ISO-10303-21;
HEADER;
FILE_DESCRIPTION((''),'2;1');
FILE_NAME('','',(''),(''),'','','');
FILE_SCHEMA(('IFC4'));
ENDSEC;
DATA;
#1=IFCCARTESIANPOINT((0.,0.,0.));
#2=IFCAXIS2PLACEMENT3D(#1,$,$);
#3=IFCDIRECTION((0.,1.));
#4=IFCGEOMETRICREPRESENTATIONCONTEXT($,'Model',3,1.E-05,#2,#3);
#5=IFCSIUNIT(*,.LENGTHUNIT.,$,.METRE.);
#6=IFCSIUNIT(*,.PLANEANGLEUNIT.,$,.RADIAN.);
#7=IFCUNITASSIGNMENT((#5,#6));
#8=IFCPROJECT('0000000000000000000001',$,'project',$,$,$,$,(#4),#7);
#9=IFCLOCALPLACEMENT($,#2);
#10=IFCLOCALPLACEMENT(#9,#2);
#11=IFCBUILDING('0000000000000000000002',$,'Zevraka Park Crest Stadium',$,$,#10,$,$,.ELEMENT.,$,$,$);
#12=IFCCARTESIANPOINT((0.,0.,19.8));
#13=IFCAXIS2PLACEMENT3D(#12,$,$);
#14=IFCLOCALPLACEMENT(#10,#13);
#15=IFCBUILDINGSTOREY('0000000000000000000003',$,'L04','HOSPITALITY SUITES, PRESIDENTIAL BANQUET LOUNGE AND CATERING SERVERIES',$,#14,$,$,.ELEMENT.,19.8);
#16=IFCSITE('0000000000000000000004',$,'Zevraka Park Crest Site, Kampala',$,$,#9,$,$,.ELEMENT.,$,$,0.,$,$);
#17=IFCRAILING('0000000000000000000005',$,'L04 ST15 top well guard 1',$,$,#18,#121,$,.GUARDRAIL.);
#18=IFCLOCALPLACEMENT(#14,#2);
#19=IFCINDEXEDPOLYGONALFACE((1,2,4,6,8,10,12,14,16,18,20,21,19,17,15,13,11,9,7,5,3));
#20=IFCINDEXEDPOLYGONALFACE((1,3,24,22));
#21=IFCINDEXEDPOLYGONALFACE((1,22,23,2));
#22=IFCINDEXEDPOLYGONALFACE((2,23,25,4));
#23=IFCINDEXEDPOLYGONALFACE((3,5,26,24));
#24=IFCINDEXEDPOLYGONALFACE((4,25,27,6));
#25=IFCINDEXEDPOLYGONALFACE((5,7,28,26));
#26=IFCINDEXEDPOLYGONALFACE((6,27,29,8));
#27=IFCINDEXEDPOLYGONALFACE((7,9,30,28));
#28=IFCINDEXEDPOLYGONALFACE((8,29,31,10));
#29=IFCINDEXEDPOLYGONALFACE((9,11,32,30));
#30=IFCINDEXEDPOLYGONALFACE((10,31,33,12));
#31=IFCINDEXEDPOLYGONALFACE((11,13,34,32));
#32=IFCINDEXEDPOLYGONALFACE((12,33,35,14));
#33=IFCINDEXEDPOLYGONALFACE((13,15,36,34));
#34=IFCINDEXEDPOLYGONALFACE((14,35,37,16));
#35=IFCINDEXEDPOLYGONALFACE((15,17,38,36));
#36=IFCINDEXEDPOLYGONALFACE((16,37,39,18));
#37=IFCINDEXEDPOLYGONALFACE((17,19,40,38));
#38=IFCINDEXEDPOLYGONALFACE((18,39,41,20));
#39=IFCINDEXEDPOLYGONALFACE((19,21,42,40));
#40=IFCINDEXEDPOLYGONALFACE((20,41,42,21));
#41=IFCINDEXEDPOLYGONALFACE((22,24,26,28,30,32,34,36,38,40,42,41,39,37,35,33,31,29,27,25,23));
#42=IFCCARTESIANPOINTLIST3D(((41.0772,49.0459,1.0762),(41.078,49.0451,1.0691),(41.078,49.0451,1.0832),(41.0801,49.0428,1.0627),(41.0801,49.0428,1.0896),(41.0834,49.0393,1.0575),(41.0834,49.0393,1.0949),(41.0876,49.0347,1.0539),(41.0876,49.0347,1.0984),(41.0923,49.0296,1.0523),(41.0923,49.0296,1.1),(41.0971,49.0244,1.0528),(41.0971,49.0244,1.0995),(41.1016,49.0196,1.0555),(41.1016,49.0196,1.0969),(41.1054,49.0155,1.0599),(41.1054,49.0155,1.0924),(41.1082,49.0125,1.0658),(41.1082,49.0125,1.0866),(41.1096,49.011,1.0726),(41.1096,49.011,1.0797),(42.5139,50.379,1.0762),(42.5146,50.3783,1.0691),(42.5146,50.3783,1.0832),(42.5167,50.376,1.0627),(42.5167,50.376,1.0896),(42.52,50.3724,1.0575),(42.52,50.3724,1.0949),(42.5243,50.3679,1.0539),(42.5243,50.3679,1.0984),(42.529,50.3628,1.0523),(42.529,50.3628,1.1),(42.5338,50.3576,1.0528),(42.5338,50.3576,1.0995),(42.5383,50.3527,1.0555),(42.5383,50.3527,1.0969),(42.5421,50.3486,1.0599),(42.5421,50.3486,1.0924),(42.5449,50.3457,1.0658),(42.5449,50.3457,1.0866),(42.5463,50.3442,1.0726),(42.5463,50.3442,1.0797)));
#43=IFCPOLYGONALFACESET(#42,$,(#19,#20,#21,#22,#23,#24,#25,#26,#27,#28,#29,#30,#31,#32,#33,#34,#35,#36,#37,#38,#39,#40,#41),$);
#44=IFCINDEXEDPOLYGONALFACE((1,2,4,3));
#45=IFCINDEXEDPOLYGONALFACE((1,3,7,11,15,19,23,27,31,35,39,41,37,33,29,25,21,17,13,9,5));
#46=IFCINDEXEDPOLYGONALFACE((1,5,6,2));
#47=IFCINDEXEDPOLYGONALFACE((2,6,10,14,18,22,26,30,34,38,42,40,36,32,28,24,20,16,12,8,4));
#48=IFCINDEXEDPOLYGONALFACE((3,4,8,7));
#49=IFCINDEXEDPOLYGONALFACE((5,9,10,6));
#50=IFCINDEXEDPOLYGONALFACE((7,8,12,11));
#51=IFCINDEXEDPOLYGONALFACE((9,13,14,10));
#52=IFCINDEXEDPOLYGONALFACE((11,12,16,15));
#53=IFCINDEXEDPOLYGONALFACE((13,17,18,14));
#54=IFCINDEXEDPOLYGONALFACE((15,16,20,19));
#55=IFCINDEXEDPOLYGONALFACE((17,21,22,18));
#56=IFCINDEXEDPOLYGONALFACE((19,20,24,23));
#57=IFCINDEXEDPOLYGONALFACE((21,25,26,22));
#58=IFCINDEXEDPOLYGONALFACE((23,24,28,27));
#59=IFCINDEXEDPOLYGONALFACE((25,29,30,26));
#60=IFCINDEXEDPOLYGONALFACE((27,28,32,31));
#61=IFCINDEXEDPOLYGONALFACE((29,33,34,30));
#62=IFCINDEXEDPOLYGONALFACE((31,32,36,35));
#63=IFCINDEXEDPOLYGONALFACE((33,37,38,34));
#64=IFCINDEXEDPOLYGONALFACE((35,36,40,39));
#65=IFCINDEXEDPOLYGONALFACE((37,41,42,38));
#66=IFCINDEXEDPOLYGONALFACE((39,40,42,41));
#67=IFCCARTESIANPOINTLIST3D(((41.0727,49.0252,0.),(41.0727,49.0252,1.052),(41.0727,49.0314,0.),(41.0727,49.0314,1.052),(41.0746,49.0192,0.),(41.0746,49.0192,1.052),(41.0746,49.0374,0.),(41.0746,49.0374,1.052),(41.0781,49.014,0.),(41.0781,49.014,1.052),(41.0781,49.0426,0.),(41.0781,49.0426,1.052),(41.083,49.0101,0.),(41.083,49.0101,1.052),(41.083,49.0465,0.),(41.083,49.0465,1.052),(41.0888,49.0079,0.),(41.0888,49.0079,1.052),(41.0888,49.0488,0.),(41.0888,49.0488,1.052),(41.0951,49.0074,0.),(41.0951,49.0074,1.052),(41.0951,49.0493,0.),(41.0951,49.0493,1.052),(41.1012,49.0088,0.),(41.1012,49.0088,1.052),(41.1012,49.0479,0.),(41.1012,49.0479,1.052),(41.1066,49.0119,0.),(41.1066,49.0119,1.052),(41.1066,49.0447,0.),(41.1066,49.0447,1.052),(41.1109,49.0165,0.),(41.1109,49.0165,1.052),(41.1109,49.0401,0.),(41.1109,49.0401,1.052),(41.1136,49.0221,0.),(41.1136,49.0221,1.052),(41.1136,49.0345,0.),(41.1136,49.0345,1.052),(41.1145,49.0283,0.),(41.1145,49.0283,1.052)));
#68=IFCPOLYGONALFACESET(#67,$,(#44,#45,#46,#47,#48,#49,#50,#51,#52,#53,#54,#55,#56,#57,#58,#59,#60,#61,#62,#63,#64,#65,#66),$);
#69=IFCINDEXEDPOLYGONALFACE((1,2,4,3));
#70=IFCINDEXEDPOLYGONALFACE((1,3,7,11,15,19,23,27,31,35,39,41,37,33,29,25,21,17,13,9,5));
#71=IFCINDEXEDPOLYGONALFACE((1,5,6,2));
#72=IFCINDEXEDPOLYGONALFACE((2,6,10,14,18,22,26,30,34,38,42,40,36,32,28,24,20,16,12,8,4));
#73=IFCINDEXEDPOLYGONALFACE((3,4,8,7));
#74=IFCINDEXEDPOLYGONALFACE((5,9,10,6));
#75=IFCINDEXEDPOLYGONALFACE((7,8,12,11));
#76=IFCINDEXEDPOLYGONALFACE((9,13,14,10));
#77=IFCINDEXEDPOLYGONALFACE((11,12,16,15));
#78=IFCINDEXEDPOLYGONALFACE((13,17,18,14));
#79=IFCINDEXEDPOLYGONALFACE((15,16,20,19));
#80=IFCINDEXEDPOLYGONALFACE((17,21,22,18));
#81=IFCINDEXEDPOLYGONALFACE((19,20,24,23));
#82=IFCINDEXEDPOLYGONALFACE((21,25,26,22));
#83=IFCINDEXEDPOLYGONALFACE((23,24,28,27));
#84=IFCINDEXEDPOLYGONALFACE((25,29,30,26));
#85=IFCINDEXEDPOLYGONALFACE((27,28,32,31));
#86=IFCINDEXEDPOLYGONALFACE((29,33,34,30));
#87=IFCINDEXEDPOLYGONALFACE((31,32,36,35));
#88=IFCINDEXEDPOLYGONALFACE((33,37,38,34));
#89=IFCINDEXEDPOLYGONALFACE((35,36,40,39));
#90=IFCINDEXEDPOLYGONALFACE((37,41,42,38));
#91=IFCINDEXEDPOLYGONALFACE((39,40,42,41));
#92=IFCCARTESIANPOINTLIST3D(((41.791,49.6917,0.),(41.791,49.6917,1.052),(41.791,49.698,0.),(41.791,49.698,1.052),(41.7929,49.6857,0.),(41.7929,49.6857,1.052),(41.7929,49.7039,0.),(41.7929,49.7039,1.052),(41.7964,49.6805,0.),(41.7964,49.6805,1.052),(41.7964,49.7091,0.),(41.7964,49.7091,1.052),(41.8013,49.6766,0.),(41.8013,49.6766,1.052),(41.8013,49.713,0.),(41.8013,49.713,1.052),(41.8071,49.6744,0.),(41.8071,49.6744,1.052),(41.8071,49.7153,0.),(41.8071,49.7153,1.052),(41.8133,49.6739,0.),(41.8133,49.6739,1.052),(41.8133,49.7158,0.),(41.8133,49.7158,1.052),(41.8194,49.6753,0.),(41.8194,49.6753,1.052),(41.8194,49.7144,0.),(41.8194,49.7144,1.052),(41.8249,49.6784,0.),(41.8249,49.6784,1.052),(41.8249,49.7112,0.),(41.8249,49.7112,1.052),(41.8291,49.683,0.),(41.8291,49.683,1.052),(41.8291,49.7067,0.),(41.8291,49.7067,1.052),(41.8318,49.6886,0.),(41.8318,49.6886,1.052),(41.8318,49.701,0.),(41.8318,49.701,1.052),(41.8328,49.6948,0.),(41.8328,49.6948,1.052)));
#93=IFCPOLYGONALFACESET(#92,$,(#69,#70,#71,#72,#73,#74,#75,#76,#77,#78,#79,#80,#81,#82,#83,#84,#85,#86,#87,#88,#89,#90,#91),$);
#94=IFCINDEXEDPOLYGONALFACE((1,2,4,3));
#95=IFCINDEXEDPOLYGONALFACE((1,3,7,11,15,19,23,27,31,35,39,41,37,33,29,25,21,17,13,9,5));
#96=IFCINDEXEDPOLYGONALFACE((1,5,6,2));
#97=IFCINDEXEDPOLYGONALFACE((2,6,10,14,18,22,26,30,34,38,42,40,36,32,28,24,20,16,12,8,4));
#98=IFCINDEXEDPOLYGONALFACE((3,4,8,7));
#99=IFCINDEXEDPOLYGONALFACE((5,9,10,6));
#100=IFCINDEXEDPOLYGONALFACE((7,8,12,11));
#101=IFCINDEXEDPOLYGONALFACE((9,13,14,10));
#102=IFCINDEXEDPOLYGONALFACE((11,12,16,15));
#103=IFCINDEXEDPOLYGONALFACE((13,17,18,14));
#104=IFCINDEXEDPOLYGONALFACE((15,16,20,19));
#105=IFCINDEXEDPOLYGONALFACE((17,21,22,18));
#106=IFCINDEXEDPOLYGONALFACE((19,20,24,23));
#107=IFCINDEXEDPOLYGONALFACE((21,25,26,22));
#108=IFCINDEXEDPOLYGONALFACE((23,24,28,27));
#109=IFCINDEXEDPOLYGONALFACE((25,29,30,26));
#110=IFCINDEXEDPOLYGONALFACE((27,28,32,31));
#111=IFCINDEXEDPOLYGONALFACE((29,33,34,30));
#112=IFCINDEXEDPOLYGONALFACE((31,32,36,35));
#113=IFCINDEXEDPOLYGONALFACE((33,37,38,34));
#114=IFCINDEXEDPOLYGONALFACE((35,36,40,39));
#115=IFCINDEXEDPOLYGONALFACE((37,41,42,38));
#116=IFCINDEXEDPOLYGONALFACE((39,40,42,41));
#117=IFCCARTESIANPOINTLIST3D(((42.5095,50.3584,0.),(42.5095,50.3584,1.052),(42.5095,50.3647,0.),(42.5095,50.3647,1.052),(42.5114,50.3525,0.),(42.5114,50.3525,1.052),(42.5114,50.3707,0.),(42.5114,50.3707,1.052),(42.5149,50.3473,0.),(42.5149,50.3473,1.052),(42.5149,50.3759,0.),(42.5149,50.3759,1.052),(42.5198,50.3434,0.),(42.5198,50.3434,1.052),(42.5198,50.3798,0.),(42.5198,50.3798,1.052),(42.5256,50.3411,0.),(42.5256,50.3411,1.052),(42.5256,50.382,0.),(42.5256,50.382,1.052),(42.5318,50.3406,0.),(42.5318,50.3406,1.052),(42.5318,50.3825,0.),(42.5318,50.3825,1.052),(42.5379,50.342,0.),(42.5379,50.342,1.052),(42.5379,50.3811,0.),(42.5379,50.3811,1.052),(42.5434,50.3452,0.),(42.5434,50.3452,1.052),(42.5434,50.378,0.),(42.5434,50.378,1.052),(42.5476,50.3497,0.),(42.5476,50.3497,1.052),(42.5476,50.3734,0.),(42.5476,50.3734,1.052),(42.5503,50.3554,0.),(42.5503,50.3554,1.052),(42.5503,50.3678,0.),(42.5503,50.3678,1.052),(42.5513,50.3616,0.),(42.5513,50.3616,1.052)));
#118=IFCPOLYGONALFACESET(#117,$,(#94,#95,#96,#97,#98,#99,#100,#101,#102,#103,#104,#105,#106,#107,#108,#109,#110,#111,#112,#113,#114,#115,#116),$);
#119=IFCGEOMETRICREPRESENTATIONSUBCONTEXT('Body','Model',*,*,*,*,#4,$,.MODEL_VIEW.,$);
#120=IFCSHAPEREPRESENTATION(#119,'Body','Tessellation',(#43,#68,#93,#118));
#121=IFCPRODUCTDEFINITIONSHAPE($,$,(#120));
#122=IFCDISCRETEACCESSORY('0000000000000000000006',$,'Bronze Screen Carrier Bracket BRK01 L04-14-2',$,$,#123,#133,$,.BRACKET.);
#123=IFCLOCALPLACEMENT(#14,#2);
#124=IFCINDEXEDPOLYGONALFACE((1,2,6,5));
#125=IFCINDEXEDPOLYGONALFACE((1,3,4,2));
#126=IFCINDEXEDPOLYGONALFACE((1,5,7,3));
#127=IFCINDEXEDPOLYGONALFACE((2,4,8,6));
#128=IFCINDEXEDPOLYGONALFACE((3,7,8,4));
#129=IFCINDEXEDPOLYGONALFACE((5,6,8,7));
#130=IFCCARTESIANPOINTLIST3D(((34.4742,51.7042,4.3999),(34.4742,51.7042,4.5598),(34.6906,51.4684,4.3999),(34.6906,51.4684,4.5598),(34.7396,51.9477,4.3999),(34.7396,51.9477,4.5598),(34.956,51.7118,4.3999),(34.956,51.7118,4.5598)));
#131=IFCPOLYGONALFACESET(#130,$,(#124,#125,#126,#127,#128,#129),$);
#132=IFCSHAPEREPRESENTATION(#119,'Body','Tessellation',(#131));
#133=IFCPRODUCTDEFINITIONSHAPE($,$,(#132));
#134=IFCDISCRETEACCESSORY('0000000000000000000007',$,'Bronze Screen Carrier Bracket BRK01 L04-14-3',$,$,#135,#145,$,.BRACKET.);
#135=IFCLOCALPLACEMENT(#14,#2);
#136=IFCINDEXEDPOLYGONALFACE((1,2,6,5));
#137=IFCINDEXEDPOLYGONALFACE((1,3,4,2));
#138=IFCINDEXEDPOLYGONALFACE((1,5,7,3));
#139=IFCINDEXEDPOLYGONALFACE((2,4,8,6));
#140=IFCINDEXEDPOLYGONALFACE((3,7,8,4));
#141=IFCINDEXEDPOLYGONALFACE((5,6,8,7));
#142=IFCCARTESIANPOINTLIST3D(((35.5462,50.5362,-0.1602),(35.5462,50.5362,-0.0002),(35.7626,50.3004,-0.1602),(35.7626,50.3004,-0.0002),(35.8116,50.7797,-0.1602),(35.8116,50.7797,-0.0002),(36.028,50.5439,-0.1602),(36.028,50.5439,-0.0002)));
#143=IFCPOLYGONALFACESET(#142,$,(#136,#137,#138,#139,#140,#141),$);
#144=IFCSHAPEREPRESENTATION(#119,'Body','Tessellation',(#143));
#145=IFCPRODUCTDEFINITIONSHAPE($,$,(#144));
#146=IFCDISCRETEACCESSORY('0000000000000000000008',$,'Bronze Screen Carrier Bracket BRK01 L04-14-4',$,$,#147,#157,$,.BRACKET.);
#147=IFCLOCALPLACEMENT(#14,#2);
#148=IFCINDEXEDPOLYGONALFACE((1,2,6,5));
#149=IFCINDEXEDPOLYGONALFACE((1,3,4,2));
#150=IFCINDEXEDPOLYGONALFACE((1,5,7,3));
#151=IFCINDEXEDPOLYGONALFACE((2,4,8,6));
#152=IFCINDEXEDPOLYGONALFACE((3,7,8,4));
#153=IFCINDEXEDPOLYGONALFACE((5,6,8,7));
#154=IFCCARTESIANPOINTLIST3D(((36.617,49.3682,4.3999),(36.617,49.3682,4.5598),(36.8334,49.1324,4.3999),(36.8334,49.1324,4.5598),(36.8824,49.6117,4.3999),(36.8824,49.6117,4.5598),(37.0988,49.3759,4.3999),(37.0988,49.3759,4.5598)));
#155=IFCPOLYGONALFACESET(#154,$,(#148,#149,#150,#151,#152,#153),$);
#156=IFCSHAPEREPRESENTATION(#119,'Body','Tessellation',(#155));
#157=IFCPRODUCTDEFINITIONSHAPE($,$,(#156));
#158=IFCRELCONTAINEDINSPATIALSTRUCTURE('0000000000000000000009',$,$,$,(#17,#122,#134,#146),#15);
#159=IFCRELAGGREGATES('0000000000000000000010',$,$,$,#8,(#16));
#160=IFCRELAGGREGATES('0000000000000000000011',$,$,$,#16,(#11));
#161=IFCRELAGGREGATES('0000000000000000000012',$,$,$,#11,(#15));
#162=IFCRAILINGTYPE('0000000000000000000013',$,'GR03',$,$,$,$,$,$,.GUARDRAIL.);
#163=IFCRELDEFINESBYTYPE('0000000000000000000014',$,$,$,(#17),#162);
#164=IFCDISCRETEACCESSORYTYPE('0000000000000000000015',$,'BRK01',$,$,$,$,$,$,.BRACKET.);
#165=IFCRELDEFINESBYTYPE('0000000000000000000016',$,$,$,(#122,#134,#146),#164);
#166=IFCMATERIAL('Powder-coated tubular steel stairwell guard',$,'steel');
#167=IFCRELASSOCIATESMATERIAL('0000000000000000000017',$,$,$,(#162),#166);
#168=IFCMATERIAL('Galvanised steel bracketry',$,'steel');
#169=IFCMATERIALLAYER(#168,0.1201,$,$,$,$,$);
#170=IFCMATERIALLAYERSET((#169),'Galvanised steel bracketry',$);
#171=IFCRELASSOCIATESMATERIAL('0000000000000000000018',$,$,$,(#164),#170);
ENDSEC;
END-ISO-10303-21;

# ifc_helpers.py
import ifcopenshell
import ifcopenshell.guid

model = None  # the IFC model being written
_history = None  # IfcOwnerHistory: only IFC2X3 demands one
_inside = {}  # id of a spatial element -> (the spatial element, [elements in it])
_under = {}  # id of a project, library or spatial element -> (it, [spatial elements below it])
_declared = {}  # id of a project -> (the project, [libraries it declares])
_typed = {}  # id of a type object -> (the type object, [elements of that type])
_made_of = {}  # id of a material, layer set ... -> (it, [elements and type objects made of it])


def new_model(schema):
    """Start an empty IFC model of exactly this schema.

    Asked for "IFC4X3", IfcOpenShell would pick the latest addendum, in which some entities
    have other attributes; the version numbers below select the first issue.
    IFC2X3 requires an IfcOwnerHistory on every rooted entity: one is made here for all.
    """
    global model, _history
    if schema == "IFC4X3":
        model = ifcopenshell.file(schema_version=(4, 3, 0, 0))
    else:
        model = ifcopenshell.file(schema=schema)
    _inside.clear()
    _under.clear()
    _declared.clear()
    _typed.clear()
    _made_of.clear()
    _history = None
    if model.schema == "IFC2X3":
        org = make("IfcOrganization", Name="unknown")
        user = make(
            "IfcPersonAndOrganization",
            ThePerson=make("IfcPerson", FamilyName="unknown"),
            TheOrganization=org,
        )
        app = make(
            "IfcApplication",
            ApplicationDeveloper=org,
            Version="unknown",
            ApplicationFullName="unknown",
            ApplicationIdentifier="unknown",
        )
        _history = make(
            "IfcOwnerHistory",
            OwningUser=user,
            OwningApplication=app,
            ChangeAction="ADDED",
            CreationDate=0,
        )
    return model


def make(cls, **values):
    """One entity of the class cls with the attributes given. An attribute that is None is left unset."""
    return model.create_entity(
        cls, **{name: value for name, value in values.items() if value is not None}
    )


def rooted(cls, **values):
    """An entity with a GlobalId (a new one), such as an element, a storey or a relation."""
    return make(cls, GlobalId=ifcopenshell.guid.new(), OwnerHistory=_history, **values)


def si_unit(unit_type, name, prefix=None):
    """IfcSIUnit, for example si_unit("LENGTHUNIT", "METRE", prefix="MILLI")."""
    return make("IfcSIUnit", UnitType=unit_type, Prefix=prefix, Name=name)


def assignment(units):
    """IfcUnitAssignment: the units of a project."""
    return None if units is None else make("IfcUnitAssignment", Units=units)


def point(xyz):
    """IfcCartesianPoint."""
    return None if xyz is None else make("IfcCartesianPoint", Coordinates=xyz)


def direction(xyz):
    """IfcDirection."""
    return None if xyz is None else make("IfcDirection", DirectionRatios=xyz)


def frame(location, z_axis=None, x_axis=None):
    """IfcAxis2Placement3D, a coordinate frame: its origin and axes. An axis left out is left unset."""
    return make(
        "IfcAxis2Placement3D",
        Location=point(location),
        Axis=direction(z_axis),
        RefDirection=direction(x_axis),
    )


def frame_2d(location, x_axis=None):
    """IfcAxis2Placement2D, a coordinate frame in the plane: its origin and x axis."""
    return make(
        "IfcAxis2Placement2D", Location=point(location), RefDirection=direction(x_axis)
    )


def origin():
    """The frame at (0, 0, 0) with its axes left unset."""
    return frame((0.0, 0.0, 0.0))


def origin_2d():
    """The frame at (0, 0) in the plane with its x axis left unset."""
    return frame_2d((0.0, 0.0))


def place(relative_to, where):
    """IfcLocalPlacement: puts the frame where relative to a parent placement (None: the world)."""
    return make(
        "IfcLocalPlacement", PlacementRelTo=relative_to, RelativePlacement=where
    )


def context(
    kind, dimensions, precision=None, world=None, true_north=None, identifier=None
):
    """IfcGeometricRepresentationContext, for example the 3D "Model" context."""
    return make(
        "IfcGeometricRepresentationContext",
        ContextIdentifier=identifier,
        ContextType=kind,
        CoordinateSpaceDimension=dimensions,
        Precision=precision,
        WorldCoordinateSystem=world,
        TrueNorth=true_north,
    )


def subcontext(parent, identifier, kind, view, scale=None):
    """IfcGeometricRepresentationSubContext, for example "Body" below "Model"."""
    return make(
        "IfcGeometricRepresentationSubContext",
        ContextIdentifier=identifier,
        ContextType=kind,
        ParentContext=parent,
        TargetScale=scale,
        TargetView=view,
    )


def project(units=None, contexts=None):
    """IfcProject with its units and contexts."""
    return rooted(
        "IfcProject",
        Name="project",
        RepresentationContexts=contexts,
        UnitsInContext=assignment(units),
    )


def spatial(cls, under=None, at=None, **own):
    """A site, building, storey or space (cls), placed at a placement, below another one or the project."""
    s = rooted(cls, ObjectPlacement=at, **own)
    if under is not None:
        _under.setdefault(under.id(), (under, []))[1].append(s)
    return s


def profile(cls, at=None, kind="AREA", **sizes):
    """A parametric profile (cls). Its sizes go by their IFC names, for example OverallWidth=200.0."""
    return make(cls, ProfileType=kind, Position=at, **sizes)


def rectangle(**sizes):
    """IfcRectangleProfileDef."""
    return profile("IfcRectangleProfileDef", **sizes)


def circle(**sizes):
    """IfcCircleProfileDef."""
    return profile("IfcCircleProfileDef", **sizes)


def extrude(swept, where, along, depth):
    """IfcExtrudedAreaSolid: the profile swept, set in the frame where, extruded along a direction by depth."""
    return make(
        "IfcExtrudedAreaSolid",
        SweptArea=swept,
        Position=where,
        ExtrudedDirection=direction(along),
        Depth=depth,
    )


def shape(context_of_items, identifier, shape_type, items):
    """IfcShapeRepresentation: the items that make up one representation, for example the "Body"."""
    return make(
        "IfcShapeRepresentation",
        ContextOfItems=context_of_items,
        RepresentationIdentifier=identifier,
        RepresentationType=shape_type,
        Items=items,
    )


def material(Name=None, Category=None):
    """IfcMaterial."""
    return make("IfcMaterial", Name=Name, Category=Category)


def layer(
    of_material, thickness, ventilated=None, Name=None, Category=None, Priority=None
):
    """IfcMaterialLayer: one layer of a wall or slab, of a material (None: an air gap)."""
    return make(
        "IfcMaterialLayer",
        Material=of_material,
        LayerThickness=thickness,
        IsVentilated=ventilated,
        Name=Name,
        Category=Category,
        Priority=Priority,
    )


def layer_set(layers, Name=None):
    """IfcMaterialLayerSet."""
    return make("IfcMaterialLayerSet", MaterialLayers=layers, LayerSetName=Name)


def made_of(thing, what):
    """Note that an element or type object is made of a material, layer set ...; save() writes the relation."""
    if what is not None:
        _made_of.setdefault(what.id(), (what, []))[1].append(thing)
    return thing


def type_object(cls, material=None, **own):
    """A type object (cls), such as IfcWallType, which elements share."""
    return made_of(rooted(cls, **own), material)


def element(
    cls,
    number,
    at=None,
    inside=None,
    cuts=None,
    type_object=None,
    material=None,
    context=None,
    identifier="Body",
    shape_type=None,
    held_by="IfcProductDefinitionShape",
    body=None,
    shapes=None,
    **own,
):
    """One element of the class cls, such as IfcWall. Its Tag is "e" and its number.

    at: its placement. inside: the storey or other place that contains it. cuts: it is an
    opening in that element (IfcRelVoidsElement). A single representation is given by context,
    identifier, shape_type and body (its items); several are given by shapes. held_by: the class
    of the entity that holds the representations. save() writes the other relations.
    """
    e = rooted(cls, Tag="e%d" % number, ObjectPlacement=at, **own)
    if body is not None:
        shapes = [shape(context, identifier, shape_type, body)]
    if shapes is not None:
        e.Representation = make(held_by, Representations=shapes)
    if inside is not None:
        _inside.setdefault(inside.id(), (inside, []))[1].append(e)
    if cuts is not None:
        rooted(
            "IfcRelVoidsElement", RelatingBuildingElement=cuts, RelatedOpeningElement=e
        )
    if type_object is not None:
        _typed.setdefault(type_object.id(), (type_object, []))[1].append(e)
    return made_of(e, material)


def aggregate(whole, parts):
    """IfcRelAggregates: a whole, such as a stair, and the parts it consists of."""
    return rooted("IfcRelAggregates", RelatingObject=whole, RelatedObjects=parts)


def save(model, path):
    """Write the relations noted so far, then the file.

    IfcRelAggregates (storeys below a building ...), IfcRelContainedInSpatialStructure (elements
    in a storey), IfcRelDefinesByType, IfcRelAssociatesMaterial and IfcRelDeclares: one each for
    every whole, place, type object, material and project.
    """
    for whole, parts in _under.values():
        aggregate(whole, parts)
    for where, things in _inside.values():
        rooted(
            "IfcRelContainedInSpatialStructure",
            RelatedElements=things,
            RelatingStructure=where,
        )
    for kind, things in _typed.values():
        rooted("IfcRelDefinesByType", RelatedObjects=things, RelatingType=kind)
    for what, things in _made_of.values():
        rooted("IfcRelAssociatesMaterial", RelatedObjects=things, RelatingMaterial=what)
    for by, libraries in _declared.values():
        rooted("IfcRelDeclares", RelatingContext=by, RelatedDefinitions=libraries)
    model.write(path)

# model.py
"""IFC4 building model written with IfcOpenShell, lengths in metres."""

from ifc_helpers import new_model, si_unit, direction, frame, origin, origin_2d, place, context, subcontext, project, spatial, rectangle, circle, extrude, material, layer, layer_set, type_object, element, save


model = new_model("IFC4")

# Units and contexts
model_context = context("Model", 3, precision=1e-05, world=origin(), true_north=direction((0.0, 1.0)))
body_context = subcontext(model_context, "Body", "Model", "MODEL_VIEW")
ifc_project = project(units=[si_unit("LENGTHUNIT", "METRE"), si_unit("PLANEANGLEUNIT", "RADIAN")], contexts=[model_context])

# Site, building, storey
site_placement = place(None, origin())
site = spatial("IfcSite", under=ifc_project, at=site_placement, Name="Zevraka Park Crest Site, Kampala", CompositionType="ELEMENT", RefElevation=0.0)
building_placement = place(site_placement, origin())
building = spatial("IfcBuilding", under=site, at=building_placement, Name="Zevraka Park Crest Stadium", CompositionType="ELEMENT")
storey_placement = place(building_placement, frame((0.0, 0.0, 19.8)))
storey = spatial("IfcBuildingStorey", under=building, at=storey_placement, Name="L04", Description="HOSPITALITY SUITES, PRESIDENTIAL BANQUET LOUNGE AND CATERING SERVERIES", CompositionType="ELEMENT", Elevation=19.8)

# Railing
ifc_material_1 = material(Name="Powder-coated tubular steel stairwell guard", Category="steel")
railing_type = type_object("IfcRailingType", Name="GR03", PredefinedType="GUARDRAIL", material=ifc_material_1)
railing_placement = place(storey_placement, frame((41.0935, 49.0283, 0.0)))
element("IfcRailing", 1, at=railing_placement, inside=storey, type_object=railing_type, Name="L04 ST15 top well guard 1", PredefinedType="GUARDRAIL", context=body_context, shape_type="SweptSolid", body=[
    extrude(circle(Radius=0.0239, at=origin_2d()), frame((0.0, 0.0, 1.0762), z_axis=(0.73302, 0.680207, 0.0), x_axis=(-0.680207, 0.73302, 0.0)), (0.0, 0.0, 1.0), 1.96),
    extrude(circle(Radius=0.021, at=origin_2d()), origin(), (0.0, 0.0, 1.0), 1.052),
    extrude(circle(Radius=0.021, at=origin_2d()), frame((0.7183, 0.6665, 0.0)), (0.0, 0.0, 1.0), 1.052),
    extrude(circle(Radius=0.021, at=origin_2d()), frame((1.4368, 1.3333, 0.0)), (0.0, 0.0, 1.0), 1.052),
])

# Discrete accessories
ifc_material_2 = material(Name="Galvanised steel bracketry", Category="steel")
ifc_layer_1 = layer(ifc_material_2, 0.1201)
ifc_layer_set_1 = layer_set([ifc_layer_1], Name="Galvanised steel bracketry")
discrete_accessory_type = type_object("IfcDiscreteAccessoryType", Name="BRK01", PredefinedType="BRACKET", material=ifc_layer_set_1)
for number, where, z_axis, x_axis, name in (
    (2, (34.7151, 51.708, 4.3999), (0.0, 0.0, 1.0), (0.676105, -0.736806, 0.0), "Bronze Screen Carrier Bracket BRK01 L04-14-2"),
    (3, (35.7871, 50.54, -0.1602), (0.0, 0.0, 1.0), (0.676105, -0.736806, 0.0), "Bronze Screen Carrier Bracket BRK01 L04-14-3"),
    (4, (36.8579, 49.3721, 4.3999), (0.0, 0.0, 1.0), (0.676105, -0.736806, 0.0), "Bronze Screen Carrier Bracket BRK01 L04-14-4"),
):
    element("IfcDiscreteAccessory", number, at=place(storey_placement, frame(where, z_axis=z_axis, x_axis=x_axis)), inside=storey, type_object=discrete_accessory_type, Name=name, PredefinedType="BRACKET", context=body_context, shape_type="SweptSolid", body=[
        extrude(rectangle(XDim=0.3201, YDim=0.3601, at=origin_2d()), origin(), (0.0, 0.0, 1.0), 0.1599),
    ])

save(model, "model.ifc")
